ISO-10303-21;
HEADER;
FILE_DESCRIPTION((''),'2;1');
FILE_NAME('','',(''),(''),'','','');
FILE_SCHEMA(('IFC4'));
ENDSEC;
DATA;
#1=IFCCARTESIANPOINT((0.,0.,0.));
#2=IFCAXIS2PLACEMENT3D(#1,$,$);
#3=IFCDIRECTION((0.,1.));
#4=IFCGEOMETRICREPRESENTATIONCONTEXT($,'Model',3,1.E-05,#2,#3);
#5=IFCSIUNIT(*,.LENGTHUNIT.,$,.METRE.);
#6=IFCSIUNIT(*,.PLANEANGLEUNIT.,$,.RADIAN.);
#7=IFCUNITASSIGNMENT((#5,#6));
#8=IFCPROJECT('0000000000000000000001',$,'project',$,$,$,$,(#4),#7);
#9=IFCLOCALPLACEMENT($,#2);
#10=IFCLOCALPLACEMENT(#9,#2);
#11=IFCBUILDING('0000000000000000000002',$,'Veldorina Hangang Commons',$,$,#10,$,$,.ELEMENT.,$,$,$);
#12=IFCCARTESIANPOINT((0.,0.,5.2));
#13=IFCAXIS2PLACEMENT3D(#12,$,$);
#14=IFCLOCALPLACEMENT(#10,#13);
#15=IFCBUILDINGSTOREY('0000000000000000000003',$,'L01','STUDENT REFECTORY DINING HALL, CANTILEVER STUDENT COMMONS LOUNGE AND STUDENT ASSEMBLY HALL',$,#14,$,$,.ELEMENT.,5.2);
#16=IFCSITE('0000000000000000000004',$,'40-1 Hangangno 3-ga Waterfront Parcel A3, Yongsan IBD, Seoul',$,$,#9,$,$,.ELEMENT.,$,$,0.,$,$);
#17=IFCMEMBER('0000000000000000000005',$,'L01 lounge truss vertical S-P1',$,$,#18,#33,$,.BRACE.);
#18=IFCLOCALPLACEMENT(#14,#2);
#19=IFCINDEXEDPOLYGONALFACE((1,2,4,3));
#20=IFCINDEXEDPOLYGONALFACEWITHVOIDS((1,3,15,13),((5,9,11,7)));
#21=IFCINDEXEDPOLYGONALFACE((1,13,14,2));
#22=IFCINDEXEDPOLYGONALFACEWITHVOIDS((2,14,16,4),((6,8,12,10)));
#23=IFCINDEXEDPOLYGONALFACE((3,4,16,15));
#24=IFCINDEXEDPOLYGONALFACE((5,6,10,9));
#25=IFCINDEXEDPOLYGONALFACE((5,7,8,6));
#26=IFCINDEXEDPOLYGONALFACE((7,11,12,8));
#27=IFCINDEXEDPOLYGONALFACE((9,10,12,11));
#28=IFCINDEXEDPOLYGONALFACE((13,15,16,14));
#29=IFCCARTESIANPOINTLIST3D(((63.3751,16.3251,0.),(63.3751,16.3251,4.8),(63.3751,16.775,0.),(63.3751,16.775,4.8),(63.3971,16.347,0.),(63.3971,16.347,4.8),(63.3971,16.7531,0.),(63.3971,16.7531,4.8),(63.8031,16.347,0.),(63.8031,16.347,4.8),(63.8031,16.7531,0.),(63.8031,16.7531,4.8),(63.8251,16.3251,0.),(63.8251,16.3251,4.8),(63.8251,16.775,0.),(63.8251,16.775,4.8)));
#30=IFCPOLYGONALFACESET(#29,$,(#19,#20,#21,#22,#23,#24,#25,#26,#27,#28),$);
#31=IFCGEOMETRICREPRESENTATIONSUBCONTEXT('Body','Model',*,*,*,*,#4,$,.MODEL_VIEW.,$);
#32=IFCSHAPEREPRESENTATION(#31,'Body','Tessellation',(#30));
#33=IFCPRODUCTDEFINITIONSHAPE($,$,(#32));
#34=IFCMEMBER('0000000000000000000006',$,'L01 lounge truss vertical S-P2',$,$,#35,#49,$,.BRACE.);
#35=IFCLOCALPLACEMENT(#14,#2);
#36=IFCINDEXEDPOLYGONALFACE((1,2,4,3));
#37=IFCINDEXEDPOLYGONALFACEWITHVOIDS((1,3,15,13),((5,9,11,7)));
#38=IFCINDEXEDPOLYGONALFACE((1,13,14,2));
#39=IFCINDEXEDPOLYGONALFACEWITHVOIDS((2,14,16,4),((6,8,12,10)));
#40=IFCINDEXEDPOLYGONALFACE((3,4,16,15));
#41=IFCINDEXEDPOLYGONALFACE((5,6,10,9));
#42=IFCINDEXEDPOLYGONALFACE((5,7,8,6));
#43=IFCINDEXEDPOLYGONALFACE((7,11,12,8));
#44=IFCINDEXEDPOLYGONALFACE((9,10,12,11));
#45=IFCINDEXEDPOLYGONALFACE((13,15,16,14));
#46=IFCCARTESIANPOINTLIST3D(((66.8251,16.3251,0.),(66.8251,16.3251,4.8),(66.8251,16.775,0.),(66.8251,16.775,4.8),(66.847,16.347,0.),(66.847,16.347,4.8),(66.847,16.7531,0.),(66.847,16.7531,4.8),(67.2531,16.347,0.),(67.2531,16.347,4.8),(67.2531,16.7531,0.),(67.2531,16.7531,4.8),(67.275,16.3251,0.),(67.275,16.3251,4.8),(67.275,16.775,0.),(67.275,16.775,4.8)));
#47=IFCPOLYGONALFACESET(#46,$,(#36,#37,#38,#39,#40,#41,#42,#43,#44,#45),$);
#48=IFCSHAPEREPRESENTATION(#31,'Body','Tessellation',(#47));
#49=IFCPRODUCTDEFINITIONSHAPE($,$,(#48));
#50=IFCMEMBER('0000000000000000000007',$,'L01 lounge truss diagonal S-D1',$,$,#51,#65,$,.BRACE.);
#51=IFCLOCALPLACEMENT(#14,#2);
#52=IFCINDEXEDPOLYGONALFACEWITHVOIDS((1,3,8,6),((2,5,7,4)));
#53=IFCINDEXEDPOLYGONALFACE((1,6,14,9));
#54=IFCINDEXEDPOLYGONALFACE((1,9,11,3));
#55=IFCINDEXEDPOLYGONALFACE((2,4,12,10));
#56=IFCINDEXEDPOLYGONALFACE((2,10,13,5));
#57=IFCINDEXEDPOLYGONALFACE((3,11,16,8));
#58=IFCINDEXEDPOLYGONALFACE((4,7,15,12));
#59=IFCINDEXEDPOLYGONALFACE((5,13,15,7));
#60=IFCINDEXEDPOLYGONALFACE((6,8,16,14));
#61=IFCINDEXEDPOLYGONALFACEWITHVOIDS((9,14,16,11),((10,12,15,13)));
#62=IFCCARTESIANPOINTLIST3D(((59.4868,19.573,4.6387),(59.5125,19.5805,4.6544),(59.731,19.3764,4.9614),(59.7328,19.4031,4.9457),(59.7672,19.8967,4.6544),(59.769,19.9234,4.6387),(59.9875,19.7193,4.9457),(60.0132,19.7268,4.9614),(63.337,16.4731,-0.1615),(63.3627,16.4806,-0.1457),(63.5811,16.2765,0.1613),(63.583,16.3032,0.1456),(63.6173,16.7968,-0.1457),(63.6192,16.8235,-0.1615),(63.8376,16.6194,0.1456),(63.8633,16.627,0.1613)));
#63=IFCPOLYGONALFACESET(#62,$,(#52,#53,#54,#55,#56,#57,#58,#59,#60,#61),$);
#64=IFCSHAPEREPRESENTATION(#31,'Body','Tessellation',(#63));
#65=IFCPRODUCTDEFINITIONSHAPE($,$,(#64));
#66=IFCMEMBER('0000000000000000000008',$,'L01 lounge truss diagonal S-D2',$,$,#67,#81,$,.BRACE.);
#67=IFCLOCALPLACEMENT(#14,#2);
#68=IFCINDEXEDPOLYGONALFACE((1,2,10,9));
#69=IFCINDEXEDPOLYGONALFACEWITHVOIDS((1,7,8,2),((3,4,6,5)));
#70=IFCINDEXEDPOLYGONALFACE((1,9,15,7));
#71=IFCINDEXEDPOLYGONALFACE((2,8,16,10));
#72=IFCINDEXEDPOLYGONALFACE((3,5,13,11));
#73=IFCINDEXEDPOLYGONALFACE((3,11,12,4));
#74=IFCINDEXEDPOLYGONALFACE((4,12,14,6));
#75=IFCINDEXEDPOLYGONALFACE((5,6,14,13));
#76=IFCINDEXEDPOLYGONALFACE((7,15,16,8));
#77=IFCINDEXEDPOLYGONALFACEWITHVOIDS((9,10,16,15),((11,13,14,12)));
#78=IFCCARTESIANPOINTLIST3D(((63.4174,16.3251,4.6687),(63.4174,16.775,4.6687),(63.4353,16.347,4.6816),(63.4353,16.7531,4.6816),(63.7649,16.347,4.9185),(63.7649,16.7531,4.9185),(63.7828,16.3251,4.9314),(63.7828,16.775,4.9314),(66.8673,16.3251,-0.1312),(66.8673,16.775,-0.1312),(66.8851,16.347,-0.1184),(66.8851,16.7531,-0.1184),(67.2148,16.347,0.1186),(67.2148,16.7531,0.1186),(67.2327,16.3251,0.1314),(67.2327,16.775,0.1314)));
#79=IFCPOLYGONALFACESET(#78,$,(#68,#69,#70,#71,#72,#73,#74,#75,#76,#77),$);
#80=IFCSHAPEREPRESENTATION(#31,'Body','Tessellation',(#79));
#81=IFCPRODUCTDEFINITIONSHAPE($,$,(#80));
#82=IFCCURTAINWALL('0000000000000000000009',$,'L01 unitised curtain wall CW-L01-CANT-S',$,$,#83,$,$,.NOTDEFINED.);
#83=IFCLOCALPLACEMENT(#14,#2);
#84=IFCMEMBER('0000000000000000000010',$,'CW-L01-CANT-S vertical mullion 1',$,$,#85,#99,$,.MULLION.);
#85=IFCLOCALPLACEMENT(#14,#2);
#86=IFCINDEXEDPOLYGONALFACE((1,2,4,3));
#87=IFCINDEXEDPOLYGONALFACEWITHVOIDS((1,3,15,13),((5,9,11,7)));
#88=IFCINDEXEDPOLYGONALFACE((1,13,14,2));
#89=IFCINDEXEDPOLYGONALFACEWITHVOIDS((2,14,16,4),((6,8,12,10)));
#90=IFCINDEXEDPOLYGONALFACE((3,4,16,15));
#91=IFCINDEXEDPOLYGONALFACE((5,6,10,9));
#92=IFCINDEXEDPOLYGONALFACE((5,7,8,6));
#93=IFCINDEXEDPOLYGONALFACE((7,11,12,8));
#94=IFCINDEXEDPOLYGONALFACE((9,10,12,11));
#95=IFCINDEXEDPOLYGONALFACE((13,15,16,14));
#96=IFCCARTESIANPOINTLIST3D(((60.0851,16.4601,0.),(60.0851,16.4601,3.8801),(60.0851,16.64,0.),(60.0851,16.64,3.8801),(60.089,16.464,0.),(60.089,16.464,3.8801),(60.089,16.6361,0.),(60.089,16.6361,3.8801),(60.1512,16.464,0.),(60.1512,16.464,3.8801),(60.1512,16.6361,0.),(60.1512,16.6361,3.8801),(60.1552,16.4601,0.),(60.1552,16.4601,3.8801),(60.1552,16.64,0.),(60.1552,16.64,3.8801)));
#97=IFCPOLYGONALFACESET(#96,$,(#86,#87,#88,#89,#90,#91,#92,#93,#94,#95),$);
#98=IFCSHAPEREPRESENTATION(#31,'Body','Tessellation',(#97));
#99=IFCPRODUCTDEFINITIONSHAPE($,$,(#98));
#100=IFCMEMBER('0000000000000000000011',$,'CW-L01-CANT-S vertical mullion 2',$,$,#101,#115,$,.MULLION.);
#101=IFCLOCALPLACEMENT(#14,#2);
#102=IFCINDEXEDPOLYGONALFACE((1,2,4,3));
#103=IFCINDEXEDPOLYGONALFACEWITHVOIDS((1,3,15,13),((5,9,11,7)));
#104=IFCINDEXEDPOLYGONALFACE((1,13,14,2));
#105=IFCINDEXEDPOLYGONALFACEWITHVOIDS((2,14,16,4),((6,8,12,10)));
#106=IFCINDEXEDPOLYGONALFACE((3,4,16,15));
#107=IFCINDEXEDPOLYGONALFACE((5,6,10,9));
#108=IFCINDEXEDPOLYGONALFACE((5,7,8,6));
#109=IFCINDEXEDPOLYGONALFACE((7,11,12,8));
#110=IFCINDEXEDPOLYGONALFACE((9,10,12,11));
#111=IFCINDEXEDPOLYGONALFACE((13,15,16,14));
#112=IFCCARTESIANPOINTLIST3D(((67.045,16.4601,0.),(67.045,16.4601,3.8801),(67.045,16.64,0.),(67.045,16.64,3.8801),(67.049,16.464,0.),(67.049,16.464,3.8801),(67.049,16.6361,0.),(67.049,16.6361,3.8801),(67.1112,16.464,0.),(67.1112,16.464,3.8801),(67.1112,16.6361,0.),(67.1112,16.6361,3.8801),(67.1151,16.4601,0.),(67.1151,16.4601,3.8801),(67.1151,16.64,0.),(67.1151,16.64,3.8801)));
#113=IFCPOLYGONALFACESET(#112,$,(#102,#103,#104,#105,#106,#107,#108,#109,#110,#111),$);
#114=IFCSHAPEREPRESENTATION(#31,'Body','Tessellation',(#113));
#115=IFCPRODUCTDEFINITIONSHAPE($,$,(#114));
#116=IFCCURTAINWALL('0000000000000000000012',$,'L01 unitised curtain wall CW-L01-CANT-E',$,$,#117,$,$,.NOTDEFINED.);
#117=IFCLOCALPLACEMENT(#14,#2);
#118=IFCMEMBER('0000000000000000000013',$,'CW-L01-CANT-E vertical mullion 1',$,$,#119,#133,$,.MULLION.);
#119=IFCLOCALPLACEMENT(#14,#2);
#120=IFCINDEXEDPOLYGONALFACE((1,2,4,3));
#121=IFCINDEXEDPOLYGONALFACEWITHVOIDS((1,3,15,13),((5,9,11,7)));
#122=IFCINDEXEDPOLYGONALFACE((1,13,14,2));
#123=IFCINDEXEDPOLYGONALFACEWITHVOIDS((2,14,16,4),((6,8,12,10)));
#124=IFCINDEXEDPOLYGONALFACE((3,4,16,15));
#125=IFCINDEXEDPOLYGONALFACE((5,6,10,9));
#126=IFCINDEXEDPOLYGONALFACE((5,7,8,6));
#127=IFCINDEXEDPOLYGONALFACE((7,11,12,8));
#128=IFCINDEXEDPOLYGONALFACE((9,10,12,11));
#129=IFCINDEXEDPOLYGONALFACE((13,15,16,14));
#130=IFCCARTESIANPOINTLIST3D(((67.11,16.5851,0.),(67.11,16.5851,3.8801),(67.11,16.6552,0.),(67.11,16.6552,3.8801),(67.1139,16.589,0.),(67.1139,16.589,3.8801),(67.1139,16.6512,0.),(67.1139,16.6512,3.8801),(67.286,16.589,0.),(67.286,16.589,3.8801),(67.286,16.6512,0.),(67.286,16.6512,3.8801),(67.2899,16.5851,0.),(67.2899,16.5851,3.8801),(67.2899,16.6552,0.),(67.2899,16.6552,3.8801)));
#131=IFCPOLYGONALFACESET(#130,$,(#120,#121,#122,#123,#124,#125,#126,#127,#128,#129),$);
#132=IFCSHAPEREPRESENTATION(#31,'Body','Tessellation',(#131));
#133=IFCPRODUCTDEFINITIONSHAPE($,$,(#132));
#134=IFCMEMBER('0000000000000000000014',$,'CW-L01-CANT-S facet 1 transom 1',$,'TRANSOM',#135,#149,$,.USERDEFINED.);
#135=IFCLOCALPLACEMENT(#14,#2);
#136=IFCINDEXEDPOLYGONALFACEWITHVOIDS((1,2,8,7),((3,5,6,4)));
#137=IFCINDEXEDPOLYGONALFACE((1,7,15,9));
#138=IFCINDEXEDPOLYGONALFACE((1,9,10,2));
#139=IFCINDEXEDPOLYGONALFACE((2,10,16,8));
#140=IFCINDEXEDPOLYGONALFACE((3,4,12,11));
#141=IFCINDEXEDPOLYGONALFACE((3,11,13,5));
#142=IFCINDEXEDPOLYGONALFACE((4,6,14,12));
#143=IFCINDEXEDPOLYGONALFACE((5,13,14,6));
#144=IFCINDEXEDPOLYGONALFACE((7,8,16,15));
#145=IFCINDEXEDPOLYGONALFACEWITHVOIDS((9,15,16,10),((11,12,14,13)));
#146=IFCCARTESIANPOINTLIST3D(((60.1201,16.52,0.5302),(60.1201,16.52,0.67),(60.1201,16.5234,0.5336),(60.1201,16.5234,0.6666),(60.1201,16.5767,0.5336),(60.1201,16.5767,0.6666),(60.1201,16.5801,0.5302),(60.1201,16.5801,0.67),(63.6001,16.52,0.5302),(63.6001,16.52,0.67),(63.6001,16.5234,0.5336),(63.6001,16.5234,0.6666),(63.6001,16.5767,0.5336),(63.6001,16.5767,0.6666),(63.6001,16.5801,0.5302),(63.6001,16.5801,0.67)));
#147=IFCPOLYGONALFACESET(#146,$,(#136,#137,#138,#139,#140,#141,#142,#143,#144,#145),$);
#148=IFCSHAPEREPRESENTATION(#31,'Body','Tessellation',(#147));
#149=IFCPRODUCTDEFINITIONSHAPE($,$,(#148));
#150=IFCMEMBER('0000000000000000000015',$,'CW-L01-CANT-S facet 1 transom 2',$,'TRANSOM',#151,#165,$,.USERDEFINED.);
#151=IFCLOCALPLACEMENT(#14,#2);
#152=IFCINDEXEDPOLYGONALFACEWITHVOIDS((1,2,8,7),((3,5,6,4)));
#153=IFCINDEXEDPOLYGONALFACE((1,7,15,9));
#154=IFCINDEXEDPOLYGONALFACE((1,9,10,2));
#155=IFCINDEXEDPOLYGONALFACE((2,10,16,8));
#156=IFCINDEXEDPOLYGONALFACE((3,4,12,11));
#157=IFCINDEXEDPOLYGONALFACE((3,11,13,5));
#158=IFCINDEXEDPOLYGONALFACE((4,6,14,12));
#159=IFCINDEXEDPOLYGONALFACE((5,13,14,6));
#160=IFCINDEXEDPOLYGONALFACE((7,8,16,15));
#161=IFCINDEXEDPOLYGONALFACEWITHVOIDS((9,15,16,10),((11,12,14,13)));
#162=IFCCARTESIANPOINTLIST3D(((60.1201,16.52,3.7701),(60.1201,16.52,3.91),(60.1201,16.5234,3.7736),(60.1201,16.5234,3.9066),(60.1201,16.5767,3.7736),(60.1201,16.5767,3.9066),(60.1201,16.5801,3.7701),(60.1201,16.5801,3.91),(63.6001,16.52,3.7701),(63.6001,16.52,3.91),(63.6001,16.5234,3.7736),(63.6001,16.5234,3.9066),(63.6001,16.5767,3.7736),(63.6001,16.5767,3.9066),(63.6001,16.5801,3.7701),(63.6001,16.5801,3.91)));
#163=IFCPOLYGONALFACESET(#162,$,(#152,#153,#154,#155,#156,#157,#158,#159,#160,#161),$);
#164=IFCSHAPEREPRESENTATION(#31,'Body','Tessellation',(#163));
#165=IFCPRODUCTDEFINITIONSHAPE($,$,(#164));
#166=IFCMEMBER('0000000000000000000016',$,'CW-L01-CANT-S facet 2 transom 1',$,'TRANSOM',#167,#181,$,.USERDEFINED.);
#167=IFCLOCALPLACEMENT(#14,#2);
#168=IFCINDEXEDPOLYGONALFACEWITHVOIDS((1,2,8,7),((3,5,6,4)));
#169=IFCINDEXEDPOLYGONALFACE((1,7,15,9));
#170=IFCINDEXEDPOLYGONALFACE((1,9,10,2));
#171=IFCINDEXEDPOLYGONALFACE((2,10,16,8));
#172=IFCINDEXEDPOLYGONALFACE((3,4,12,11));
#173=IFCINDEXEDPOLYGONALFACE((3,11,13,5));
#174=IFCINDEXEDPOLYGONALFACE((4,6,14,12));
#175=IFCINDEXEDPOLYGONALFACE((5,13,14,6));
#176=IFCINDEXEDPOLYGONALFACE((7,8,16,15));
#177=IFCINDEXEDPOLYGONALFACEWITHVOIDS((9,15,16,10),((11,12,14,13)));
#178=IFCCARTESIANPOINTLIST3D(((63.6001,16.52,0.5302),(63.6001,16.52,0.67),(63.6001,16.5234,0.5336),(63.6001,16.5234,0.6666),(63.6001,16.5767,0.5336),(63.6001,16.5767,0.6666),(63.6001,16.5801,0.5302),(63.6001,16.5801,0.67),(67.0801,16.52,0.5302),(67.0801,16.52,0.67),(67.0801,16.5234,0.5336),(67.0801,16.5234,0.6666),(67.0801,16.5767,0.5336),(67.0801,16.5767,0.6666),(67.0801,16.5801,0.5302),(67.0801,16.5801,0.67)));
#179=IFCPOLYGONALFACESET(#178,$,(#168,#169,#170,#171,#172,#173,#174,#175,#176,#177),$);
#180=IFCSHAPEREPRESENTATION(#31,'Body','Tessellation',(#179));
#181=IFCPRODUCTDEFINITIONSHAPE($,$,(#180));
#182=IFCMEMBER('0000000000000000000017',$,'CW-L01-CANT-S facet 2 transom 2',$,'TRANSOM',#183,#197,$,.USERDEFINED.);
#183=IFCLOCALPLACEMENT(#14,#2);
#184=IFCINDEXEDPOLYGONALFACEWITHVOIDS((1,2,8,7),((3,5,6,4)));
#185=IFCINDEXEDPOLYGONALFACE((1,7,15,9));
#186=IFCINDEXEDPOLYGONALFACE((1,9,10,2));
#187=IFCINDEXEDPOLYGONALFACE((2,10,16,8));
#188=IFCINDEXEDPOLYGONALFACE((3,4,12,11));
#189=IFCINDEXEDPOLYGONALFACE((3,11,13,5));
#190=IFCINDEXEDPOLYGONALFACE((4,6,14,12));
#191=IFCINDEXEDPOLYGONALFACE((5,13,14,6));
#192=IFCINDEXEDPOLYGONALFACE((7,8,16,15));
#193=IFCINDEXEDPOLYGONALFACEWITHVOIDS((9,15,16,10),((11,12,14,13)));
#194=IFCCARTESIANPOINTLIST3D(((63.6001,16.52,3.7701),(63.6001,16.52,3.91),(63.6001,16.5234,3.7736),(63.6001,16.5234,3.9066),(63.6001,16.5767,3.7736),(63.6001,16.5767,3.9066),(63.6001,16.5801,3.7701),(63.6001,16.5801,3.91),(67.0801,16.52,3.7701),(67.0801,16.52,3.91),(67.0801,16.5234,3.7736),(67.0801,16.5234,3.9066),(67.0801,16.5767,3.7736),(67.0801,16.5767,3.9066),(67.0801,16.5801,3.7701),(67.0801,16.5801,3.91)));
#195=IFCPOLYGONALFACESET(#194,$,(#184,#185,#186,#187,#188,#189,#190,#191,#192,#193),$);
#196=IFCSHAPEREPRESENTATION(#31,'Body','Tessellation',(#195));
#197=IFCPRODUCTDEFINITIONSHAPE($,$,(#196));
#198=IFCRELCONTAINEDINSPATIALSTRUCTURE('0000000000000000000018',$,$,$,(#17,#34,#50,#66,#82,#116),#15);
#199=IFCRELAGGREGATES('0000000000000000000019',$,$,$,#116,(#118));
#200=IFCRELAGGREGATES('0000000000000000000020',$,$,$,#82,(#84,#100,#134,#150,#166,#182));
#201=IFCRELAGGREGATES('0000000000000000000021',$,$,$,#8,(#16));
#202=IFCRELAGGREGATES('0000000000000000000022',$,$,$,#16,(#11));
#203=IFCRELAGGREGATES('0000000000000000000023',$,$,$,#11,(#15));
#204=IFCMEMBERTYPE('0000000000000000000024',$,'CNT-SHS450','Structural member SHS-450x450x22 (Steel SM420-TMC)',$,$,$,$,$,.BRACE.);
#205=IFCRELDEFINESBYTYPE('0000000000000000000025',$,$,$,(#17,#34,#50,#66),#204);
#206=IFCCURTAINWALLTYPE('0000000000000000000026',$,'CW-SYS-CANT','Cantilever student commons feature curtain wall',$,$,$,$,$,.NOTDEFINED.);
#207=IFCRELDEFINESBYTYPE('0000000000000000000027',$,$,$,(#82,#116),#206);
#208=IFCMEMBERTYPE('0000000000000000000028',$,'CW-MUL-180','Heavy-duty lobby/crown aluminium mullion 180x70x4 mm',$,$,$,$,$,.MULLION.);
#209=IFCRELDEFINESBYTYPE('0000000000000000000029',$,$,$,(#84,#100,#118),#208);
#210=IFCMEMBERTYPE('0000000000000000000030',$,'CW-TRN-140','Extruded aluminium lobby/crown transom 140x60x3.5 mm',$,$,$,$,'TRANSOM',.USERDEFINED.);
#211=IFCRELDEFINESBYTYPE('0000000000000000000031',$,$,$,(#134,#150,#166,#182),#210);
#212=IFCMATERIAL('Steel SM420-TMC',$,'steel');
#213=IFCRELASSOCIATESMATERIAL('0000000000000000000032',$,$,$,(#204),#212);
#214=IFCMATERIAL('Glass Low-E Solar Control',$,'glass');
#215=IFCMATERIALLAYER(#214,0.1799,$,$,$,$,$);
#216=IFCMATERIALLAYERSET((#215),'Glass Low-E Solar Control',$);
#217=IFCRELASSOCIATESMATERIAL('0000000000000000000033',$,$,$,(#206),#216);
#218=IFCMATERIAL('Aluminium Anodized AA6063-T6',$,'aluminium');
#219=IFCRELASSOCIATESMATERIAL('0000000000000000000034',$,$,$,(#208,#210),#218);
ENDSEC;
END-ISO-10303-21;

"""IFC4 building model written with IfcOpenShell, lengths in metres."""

from ifc_helpers import new_model, si_unit, direction, frame, origin, origin_2d, place, context, subcontext, project, spatial, hollow_rectangle, extrude, material, layer, layer_set, material_profile, profile_set, type_object, element, aggregate, save


model = new_model("IFC4")

# Units and contexts
model_context = context("Model", 3, precision=1e-05, world=origin(), true_north=direction((0.0, 1.0)))
body_context = subcontext(model_context, "Body", "Model", "MODEL_VIEW")
ifc_project = project(units=[si_unit("LENGTHUNIT", "METRE"), si_unit("PLANEANGLEUNIT", "RADIAN")], contexts=[model_context])

# Site, building, storey
site_placement = place(None, origin())
site = spatial("IfcSite", under=ifc_project, at=site_placement, Name="40-1 Hangangno 3-ga Waterfront Parcel A3, Yongsan IBD, Seoul", CompositionType="ELEMENT", RefElevation=0.0)
building_placement = place(site_placement, origin())
building = spatial("IfcBuilding", under=site, at=building_placement, Name="Veldorina Hangang Commons", CompositionType="ELEMENT")
storey_placement = place(building_placement, frame((0.0, 0.0, 5.2)))
storey = spatial("IfcBuildingStorey", under=building, at=storey_placement, Name="L01", Description="STUDENT REFECTORY DINING HALL, CANTILEVER STUDENT COMMONS LOUNGE AND STUDENT ASSEMBLY HALL", CompositionType="ELEMENT", Elevation=5.2)

# Shared definitions
ifc_material_1 = material(Name="Steel SM420-TMC", Category="steel")

# Members
ifc_material_profile_1 = material_profile(ifc_material_1, hollow_rectangle(XDim=0.45, YDim=0.45, WallThickness=0.022, at=origin_2d()), Name="SHS-450x450x22")
ifc_profile_set_1 = profile_set([ifc_material_profile_1], Name="Steel SM420-TMC")
member_type_1 = type_object("IfcMemberType", Name="CNT-SHS450", Description="Structural member SHS-450x450x22 (Steel SM420-TMC)", PredefinedType="BRACE", material=ifc_profile_set_1)
for number, where, z_axis, x_axis, name in (
    (1, (63.6001, 16.55, 0.0), (0.0, 0.0, 1.0), (1.0, 0.0, 0.0), "L01 lounge truss vertical S-P1"),
    (2, (67.05, 16.55, 0.0), (0.0, 0.0, 1.0), (1.0, 0.0, 0.0), "L01 lounge truss vertical S-P2"),
):
    element("IfcMember", number, at=place(storey_placement, frame(where, z_axis=z_axis, x_axis=x_axis)), inside=storey, type_object=member_type_1, Name=name, PredefinedType="BRACE", context=body_context, shape_type="SweptSolid", body=[
        extrude(hollow_rectangle(XDim=0.45, YDim=0.45, WallThickness=0.022, at=origin_2d()), origin(), (0.0, 0.0, 1.0), 4.8),
    ])
member_1_placement = place(storey_placement, frame((59.75, 19.6499, 4.8), z_axis=(0.558791, -0.449903, -0.696664), x_axis=(0.627131, 0.778913, 0.0)))
element("IfcMember", 3, at=member_1_placement, inside=storey, type_object=member_type_1, Name="L01 lounge truss diagonal S-D1", PredefinedType="BRACE", context=body_context, shape_type="SweptSolid", body=[
    extrude(hollow_rectangle(XDim=0.45, YDim=0.45, WallThickness=0.022, at=origin_2d()), origin(), (0.0, 0.0, 1.0), 6.8901),
])
member_2_placement = place(storey_placement, frame((63.6001, 16.55, 4.8), z_axis=(0.583627, 0.0, -0.812022), x_axis=(0.0, 1.0, 0.0)))
element("IfcMember", 4, at=member_2_placement, inside=storey, type_object=member_type_1, Name="L01 lounge truss diagonal S-D2", PredefinedType="BRACE", context=body_context, shape_type="SweptSolid", body=[
    extrude(hollow_rectangle(XDim=0.45, YDim=0.45, WallThickness=0.022, at=origin_2d()), origin(), (0.0, 0.0, 1.0), 5.9111),
])

# Curtain wall, members
ifc_material_2 = material(Name="Glass Low-E Solar Control", Category="glass")
ifc_layer_1 = layer(ifc_material_2, 0.1799)
ifc_layer_set_1 = layer_set([ifc_layer_1], Name="Glass Low-E Solar Control")
curtain_wall_type = type_object("IfcCurtainWallType", Name="CW-SYS-CANT", Description="Cantilever student commons feature curtain wall", PredefinedType="NOTDEFINED", material=ifc_layer_set_1)
curtain_wall_1_placement = place(storey_placement, origin())
curtain_wall_1 = element("IfcCurtainWall", 5, at=curtain_wall_1_placement, inside=storey, type_object=curtain_wall_type, Name="L01 unitised curtain wall CW-L01-CANT-S", PredefinedType="NOTDEFINED")
ifc_material_3 = material(Name="Aluminium Anodized AA6063-T6", Category="aluminium")
ifc_material_profile_2 = material_profile(ifc_material_3, hollow_rectangle(XDim=0.0701, YDim=0.1799, WallThickness=0.0039, at=origin_2d()), Name="ALU-RHS-180x70x4")
ifc_profile_set_2 = profile_set([ifc_material_profile_2], Name="Aluminium Anodized AA6063-T6")
member_type_2 = type_object("IfcMemberType", Name="CW-MUL-180", Description="Heavy-duty lobby/crown aluminium mullion 180x70x4 mm", PredefinedType="MULLION", material=ifc_profile_set_2)
member_3_placement = place(storey_placement, frame((60.1201, 16.55, 0.0), z_axis=(0.0, 0.0, 1.0), x_axis=(1.0, 0.0, 0.0)))
member_3 = element("IfcMember", 6, at=member_3_placement, type_object=member_type_2, Name="CW-L01-CANT-S vertical mullion 1", PredefinedType="MULLION", context=body_context, shape_type="SweptSolid", body=[
    extrude(hollow_rectangle(XDim=0.0701, YDim=0.1799, WallThickness=0.0039, at=origin_2d()), origin(), (0.0, 0.0, 1.0), 3.8801),
])
member_4_placement = place(storey_placement, frame((67.0801, 16.55, 0.0), z_axis=(0.0, 0.0, 1.0), x_axis=(-1.0, 0.0, 0.0)))
member_4 = element("IfcMember", 7, at=member_4_placement, type_object=member_type_2, Name="CW-L01-CANT-S vertical mullion 2", PredefinedType="MULLION", context=body_context, shape_type="SweptSolid", body=[
    extrude(hollow_rectangle(XDim=0.0701, YDim=0.1799, WallThickness=0.0039, at=origin_2d()), origin(), (0.0, 0.0, 1.0), 3.8801),
])

# Curtain wall, member
curtain_wall_2_placement = place(storey_placement, origin())
curtain_wall_2 = element("IfcCurtainWall", 8, at=curtain_wall_2_placement, inside=storey, type_object=curtain_wall_type, Name="L01 unitised curtain wall CW-L01-CANT-E", PredefinedType="NOTDEFINED")
member_5_placement = place(storey_placement, frame((67.2, 16.6201, 0.0), z_axis=(0.0, 0.0, 1.0), x_axis=(0.0, 1.0, 0.0)))
member_5 = element("IfcMember", 9, at=member_5_placement, type_object=member_type_2, Name="CW-L01-CANT-E vertical mullion 1", PredefinedType="MULLION", context=body_context, shape_type="SweptSolid", body=[
    extrude(hollow_rectangle(XDim=0.0701, YDim=0.1799, WallThickness=0.0039, at=origin_2d()), origin(), (0.0, 0.0, 1.0), 3.8801),
])

# Members
ifc_material_profile_3 = material_profile(ifc_material_3, hollow_rectangle(XDim=0.0601, YDim=0.1399, WallThickness=0.0034, at=origin_2d()), Name="ALU-RHS-140x60x3.5")
ifc_profile_set_3 = profile_set([ifc_material_profile_3], Name="Aluminium Anodized AA6063-T6")
member_type_3 = type_object("IfcMemberType", Name="CW-TRN-140", Description="Extruded aluminium lobby/crown transom 140x60x3.5 mm", ElementType="TRANSOM", PredefinedType="USERDEFINED", material=ifc_profile_set_3)
member_6_placement = place(storey_placement, frame((60.1201, 16.55, 0.6001), z_axis=(1.0, 0.0, 0.0), x_axis=(0.0, 1.0, 0.0)))
member_6 = element("IfcMember", 10, at=member_6_placement, type_object=member_type_3, Name="CW-L01-CANT-S facet 1 transom 1", ObjectType="TRANSOM", PredefinedType="USERDEFINED", context=body_context, shape_type="SweptSolid", body=[
    extrude(hollow_rectangle(XDim=0.0601, YDim=0.1399, WallThickness=0.0034, at=origin_2d()), origin(), (0.0, 0.0, 1.0), 3.48),
])
member_7_placement = place(storey_placement, frame((60.1201, 16.55, 3.8401), z_axis=(1.0, 0.0, 0.0), x_axis=(0.0, 1.0, 0.0)))
member_7 = element("IfcMember", 11, at=member_7_placement, type_object=member_type_3, Name="CW-L01-CANT-S facet 1 transom 2", ObjectType="TRANSOM", PredefinedType="USERDEFINED", context=body_context, shape_type="SweptSolid", body=[
    extrude(hollow_rectangle(XDim=0.0601, YDim=0.1399, WallThickness=0.0034, at=origin_2d()), origin(), (0.0, 0.0, 1.0), 3.48),
])
member_8_placement = place(storey_placement, frame((63.6001, 16.55, 0.6001), z_axis=(1.0, 0.0, 0.0), x_axis=(0.0, 1.0, 0.0)))
member_8 = element("IfcMember", 12, at=member_8_placement, type_object=member_type_3, Name="CW-L01-CANT-S facet 2 transom 1", ObjectType="TRANSOM", PredefinedType="USERDEFINED", context=body_context, shape_type="SweptSolid", body=[
    extrude(hollow_rectangle(XDim=0.0601, YDim=0.1399, WallThickness=0.0034, at=origin_2d()), origin(), (0.0, 0.0, 1.0), 3.48),
])
member_9_placement = place(storey_placement, frame((63.6001, 16.55, 3.8401), z_axis=(1.0, 0.0, 0.0), x_axis=(0.0, 1.0, 0.0)))
member_9 = element("IfcMember", 13, at=member_9_placement, type_object=member_type_3, Name="CW-L01-CANT-S facet 2 transom 2", ObjectType="TRANSOM", PredefinedType="USERDEFINED", context=body_context, shape_type="SweptSolid", body=[
    extrude(hollow_rectangle(XDim=0.0601, YDim=0.1399, WallThickness=0.0034, at=origin_2d()), origin(), (0.0, 0.0, 1.0), 3.48),
])
aggregate(curtain_wall_2, [member_5])

aggregate(curtain_wall_1, [member_3, member_4, member_6, member_7, member_8, member_9])

save(model, "model.ifc")
